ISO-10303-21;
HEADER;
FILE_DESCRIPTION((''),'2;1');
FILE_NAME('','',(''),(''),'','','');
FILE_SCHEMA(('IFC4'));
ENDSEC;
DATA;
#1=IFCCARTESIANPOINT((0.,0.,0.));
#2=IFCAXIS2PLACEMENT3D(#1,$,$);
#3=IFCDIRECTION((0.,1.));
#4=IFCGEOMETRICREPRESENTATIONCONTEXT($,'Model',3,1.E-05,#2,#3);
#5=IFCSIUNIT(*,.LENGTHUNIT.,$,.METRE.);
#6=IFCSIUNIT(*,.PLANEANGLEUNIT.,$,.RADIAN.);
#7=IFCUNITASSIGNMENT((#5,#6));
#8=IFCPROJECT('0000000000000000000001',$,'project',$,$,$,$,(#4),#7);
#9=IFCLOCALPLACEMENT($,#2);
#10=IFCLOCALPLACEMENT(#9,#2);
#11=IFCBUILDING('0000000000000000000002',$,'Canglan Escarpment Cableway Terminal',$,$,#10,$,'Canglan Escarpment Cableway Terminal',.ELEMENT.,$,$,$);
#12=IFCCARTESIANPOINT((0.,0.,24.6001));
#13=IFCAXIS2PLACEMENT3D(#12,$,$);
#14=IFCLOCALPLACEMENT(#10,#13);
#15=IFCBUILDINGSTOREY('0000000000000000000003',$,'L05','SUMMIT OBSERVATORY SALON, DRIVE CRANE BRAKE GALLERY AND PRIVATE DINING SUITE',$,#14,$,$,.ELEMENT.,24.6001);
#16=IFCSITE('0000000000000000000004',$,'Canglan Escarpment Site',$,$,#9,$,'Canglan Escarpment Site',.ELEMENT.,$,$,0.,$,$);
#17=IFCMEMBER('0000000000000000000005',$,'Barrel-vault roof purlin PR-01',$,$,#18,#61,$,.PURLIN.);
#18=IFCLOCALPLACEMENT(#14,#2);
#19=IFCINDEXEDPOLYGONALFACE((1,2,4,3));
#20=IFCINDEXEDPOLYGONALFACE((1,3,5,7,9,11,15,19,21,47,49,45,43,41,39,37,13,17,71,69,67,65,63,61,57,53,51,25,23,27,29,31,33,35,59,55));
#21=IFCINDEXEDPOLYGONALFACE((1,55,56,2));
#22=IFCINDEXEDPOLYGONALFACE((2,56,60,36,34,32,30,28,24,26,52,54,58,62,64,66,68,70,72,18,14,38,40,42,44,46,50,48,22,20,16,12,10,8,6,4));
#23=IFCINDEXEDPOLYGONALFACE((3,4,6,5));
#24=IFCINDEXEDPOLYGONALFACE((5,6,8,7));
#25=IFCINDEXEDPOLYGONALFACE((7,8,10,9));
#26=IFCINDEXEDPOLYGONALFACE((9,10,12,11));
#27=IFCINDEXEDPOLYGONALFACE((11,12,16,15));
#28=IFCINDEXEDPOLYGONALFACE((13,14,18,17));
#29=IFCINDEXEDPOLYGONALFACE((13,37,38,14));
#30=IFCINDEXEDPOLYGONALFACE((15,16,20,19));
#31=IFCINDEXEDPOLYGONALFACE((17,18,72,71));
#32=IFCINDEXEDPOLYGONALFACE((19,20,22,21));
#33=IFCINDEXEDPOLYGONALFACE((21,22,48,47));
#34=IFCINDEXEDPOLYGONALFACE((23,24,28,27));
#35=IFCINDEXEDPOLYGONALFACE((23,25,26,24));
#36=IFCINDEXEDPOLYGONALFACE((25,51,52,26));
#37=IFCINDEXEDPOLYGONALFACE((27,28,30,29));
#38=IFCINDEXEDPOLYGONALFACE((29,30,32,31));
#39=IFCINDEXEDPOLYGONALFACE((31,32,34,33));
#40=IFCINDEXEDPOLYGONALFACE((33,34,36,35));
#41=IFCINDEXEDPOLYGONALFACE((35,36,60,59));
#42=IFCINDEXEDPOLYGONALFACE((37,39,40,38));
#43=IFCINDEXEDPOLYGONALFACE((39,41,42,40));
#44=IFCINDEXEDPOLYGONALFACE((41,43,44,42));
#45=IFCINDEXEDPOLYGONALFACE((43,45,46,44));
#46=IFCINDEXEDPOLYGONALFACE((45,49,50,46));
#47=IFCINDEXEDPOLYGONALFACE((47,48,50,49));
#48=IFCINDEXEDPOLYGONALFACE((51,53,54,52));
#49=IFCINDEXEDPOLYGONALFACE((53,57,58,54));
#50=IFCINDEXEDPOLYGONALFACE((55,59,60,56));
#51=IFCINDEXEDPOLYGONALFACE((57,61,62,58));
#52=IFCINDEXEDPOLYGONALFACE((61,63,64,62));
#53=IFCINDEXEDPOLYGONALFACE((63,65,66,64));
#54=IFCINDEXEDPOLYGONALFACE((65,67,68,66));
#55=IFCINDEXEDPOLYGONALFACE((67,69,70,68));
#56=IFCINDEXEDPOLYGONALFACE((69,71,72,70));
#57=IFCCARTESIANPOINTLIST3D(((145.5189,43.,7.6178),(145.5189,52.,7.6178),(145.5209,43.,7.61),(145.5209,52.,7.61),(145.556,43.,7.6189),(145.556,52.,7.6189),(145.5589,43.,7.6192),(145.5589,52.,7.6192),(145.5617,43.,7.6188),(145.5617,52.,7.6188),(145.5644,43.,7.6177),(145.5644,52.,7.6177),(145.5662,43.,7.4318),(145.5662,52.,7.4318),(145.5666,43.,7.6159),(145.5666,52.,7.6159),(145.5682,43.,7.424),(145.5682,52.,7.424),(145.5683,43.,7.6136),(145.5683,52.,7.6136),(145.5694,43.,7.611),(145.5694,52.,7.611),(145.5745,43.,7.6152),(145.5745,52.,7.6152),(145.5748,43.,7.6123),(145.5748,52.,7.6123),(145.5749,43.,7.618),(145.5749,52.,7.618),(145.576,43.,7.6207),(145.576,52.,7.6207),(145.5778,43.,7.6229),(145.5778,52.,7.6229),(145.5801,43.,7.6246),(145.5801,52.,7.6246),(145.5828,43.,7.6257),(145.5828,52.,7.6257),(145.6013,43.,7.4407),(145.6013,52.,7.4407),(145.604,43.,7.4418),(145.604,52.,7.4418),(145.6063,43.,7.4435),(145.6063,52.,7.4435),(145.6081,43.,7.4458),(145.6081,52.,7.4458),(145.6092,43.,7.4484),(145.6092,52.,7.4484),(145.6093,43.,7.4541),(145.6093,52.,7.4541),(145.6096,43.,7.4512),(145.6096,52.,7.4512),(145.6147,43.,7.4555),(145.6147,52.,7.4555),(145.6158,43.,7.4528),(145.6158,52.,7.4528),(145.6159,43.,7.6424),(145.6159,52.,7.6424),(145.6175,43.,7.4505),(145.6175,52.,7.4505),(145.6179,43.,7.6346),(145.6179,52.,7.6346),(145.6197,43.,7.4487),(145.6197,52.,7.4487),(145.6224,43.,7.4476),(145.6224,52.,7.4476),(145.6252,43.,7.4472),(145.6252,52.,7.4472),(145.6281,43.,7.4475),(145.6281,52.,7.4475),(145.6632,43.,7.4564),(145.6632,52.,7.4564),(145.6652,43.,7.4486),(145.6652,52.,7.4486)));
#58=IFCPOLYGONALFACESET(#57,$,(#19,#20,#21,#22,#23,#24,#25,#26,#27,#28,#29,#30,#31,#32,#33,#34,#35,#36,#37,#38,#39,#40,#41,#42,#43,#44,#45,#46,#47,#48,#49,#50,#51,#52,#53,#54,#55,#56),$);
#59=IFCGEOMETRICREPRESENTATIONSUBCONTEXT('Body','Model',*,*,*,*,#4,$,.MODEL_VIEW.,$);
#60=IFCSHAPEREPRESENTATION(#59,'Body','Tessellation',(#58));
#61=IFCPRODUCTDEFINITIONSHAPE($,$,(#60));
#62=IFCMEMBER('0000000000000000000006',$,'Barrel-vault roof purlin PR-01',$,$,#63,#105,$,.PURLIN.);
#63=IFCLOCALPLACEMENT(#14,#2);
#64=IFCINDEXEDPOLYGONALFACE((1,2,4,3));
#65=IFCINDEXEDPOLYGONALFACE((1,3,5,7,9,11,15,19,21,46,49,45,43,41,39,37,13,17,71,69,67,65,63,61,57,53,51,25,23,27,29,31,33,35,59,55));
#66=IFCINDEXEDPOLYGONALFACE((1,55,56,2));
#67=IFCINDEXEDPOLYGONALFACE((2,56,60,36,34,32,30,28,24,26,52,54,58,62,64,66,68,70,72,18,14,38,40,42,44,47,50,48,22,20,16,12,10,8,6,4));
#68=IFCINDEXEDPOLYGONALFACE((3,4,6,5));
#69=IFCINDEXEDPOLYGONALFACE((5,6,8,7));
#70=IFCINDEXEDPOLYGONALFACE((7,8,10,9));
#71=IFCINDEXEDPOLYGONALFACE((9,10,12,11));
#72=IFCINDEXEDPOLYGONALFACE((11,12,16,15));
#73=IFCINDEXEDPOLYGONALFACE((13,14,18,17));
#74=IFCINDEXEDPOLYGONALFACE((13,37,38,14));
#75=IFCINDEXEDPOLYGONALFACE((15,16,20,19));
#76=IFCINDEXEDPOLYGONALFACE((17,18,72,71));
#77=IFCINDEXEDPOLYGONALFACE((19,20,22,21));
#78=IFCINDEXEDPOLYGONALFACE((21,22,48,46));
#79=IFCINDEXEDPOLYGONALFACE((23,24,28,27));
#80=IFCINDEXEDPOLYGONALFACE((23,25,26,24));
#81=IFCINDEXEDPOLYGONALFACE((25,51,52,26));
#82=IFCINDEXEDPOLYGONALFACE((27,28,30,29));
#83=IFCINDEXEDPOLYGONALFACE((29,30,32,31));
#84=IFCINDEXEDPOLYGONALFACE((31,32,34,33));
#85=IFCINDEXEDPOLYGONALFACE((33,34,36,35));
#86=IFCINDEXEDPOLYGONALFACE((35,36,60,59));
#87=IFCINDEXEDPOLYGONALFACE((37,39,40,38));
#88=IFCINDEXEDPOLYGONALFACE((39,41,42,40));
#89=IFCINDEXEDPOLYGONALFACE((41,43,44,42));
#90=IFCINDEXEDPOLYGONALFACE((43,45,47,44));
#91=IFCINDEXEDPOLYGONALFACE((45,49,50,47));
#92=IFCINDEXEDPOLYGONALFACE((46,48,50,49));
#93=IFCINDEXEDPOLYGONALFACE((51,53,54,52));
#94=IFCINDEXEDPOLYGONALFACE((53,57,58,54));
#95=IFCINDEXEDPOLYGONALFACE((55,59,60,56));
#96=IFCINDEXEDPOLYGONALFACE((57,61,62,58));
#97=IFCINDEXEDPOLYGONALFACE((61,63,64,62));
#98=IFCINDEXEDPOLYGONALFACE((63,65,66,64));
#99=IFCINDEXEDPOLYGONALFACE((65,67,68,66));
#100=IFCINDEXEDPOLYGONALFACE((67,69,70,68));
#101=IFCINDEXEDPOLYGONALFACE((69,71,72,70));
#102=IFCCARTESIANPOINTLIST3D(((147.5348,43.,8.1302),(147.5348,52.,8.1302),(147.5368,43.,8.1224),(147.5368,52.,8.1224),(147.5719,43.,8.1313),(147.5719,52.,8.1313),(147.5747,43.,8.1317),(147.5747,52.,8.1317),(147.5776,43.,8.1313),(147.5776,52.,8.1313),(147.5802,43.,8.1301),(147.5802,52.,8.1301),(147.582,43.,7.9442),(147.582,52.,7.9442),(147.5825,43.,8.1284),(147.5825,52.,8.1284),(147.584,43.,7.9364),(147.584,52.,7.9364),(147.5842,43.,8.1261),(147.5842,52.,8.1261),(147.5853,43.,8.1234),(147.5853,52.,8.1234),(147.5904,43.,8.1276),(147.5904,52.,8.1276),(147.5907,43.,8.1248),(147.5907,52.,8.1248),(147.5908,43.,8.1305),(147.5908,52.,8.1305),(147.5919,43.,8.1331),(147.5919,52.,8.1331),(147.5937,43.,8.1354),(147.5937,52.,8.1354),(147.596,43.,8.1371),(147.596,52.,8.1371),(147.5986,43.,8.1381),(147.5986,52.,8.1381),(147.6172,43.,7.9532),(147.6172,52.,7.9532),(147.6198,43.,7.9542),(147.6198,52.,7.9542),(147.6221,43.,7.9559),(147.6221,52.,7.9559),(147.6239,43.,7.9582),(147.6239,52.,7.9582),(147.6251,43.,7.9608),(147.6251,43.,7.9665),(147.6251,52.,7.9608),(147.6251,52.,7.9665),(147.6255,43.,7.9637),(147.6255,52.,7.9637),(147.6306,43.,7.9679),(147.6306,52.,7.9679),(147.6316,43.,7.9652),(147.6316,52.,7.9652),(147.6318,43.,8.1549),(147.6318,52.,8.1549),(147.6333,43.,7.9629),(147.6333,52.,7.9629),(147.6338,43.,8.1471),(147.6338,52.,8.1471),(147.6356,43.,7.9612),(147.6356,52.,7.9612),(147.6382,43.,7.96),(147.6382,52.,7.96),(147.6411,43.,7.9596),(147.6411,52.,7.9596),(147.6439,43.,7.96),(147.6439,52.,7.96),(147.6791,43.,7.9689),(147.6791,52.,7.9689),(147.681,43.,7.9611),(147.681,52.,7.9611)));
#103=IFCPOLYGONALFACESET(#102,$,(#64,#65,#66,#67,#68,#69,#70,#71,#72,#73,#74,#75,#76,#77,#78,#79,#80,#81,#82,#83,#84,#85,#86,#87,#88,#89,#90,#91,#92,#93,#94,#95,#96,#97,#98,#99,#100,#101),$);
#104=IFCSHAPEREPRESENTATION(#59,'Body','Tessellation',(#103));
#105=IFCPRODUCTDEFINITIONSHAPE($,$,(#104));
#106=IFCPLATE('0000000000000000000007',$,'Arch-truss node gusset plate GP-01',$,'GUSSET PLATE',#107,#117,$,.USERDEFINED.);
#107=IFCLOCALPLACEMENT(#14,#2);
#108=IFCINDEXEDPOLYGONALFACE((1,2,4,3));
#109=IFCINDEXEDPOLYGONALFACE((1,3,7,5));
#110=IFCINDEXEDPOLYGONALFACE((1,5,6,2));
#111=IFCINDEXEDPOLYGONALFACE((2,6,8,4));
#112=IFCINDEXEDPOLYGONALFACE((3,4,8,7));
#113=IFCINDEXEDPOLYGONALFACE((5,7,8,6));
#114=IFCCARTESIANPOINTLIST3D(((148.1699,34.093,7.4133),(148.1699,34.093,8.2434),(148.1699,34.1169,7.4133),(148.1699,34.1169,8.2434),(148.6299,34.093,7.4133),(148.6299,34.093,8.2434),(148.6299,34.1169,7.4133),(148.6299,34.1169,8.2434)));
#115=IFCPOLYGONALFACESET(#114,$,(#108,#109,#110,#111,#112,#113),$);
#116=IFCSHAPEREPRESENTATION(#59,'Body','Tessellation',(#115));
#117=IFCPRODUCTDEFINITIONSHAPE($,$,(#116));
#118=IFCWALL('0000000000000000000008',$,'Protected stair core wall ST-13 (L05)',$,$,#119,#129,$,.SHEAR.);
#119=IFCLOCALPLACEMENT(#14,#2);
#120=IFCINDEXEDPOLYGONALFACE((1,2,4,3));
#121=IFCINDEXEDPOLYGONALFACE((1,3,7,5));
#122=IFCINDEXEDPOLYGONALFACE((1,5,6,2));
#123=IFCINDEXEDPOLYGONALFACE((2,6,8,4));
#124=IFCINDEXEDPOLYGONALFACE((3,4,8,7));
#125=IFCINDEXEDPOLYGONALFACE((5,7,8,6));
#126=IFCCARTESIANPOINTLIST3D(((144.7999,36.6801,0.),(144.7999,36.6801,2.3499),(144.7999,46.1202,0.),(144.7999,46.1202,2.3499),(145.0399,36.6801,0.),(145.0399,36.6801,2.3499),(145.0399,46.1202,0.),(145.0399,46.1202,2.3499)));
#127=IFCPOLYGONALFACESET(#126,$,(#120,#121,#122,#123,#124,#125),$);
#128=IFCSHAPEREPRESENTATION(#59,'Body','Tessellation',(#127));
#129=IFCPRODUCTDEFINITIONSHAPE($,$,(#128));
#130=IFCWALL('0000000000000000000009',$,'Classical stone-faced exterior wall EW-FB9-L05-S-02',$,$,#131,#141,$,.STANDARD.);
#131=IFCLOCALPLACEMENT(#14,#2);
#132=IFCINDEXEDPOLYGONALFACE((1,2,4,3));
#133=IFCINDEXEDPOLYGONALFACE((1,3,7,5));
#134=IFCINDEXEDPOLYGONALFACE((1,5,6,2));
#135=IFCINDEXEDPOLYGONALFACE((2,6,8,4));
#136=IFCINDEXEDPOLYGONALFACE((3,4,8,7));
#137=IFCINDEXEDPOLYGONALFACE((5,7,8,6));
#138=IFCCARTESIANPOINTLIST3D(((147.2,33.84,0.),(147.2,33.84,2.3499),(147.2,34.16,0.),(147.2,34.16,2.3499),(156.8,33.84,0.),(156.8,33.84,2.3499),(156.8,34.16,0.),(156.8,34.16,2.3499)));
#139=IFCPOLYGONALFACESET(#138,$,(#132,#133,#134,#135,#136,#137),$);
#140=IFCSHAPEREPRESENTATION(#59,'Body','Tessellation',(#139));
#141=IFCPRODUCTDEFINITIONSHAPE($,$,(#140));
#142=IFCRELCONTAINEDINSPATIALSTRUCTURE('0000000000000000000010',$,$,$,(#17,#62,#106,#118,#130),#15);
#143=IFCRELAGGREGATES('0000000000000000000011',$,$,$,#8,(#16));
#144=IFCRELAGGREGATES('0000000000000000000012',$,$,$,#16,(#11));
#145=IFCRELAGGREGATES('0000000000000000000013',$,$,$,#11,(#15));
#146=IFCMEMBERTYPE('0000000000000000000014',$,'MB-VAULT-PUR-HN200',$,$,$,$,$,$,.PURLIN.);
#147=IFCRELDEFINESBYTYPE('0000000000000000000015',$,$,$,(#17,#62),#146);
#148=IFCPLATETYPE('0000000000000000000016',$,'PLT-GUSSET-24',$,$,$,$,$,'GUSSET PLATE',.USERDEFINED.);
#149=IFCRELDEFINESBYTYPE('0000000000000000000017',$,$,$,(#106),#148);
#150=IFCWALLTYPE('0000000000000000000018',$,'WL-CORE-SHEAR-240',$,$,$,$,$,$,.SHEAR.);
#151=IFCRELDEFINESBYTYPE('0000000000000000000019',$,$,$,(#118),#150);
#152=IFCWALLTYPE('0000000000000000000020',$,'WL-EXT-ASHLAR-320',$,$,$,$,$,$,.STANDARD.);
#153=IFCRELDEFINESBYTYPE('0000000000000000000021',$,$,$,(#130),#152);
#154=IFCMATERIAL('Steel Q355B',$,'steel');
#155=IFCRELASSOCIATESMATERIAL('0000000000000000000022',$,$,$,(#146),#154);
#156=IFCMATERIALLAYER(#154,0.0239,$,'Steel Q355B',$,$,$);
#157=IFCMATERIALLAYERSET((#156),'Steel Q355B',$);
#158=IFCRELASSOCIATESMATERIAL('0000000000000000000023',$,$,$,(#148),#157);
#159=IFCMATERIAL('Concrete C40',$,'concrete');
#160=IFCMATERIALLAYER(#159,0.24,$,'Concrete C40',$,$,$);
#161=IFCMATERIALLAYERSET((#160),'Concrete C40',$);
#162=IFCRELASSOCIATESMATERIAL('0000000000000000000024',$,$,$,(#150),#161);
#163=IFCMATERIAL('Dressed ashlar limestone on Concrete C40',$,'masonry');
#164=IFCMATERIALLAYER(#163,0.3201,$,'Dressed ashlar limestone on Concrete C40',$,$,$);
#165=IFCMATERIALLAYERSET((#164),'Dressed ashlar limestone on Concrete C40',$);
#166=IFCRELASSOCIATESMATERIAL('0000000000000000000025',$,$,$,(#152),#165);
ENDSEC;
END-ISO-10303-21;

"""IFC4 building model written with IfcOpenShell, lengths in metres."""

from ifc_helpers import new_model, si_unit, direction, frame, frame_2d, origin, origin_2d, place, context, subcontext, project, spatial, rectangle, i_section, extrude, material, layer, layer_set, material_profile, profile_set, type_object, element, save


model = new_model("IFC4")

# Units and contexts
model_context = context("Model", 3, precision=1e-05, world=origin(), true_north=direction((0.0, 1.0)))
body_context = subcontext(model_context, "Body", "Model", "MODEL_VIEW")
ifc_project = project(units=[si_unit("LENGTHUNIT", "METRE"), si_unit("PLANEANGLEUNIT", "RADIAN")], contexts=[model_context])

# Site, building, storey
site_placement = place(None, origin())
site = spatial("IfcSite", under=ifc_project, at=site_placement, Name="Canglan Escarpment Site", LongName="Canglan Escarpment Site", CompositionType="ELEMENT", RefElevation=0.0)
building_placement = place(site_placement, origin())
building = spatial("IfcBuilding", under=site, at=building_placement, Name="Canglan Escarpment Cableway Terminal", LongName="Canglan Escarpment Cableway Terminal", CompositionType="ELEMENT")
storey_placement = place(building_placement, frame((0.0, 0.0, 24.6001)))
storey = spatial("IfcBuildingStorey", under=building, at=storey_placement, Name="L05", Description="SUMMIT OBSERVATORY SALON, DRIVE CRANE BRAKE GALLERY AND PRIVATE DINING SUITE", CompositionType="ELEMENT", Elevation=24.6001)

# Shared definitions
ifc_material_1 = material(Name="Steel Q355B", Category="steel")

# Members
ifc_material_profile_1 = material_profile(ifc_material_1, i_section(OverallWidth=0.1001, OverallDepth=0.2, WebThickness=0.0056, FlangeThickness=0.0081, FilletRadius=0.011, at=origin_2d()), Name="HN 200x100x5.5x8")
ifc_profile_set_1 = profile_set([ifc_material_profile_1], Name="Steel Q355B")
member_type_1 = type_object("IfcMemberType", Name="MB-VAULT-PUR-HN200", PredefinedType="PURLIN", material=ifc_profile_set_1)
for number, where, z_axis, x_axis, name in (
    (1, (145.592, 43.0, 7.5332), (0.0, 1.0, 0.0), (-0.969184, 0.0, -0.246339), "Barrel-vault roof purlin PR-01"),
    (2, (147.6079, 43.0, 8.0457), (0.0, 1.0, 0.0), (-0.969184, 0.0, -0.246339), "Barrel-vault roof purlin PR-01"),
):
    element("IfcMember", number, at=place(storey_placement, frame(where, z_axis=z_axis, x_axis=x_axis)), inside=storey, type_object=member_type_1, Name=name, PredefinedType="PURLIN", context=body_context, shape_type="SweptSolid", body=[
        extrude(i_section(OverallWidth=0.1001, OverallDepth=0.2, WebThickness=0.0056, FlangeThickness=0.0081, FilletRadius=0.011, at=origin_2d()), origin(), (0.0, 0.0, 1.0), 9.0),
    ])

# Plate
ifc_layer_1 = layer(ifc_material_1, 0.0239, Name="Steel Q355B")
ifc_layer_set_1 = layer_set([ifc_layer_1], Name="Steel Q355B")
plate_type = type_object("IfcPlateType", Name="PLT-GUSSET-24", ElementType="GUSSET PLATE", PredefinedType="USERDEFINED", material=ifc_layer_set_1)
plate_placement = place(storey_placement, frame((148.3999, 34.105, 7.4133), z_axis=(0.0, 0.0, 1.0), x_axis=(1.0, 0.0, 0.0)))
element("IfcPlate", 3, at=plate_placement, inside=storey, type_object=plate_type, Name="Arch-truss node gusset plate GP-01", ObjectType="GUSSET PLATE", PredefinedType="USERDEFINED", context=body_context, shape_type="SweptSolid", body=[
    extrude(rectangle(XDim=0.46, YDim=0.0239, at=origin_2d()), origin(), (0.0, 0.0, 1.0), 0.8301),
])

# Walls
ifc_material_2 = material(Name="Concrete C40", Category="concrete")
ifc_layer_2 = layer(ifc_material_2, 0.24, Name="Concrete C40")
ifc_layer_set_2 = layer_set([ifc_layer_2], Name="Concrete C40")
wall_type_1 = type_object("IfcWallType", Name="WL-CORE-SHEAR-240", PredefinedType="SHEAR", material=ifc_layer_set_2)
wall_1_placement = place(storey_placement, frame((144.9199, 36.6799, 0.0), z_axis=(0.0, 0.0, 1.0), x_axis=(0.0, 1.0, 0.0)))
element("IfcWall", 4, at=wall_1_placement, inside=storey, type_object=wall_type_1, Name="Protected stair core wall ST-13 (L05)", PredefinedType="SHEAR", context=body_context, shape_type="SweptSolid", body=[
    extrude(rectangle(XDim=9.4402, YDim=0.24, at=frame_2d((4.7202, 0.0))), origin(), (0.0, 0.0, 1.0), 2.3499),
])
ifc_material_3 = material(Name="Dressed ashlar limestone on Concrete C40", Category="masonry")
ifc_layer_3 = layer(ifc_material_3, 0.3201, Name="Dressed ashlar limestone on Concrete C40")
ifc_layer_set_3 = layer_set([ifc_layer_3], Name="Dressed ashlar limestone on Concrete C40")
wall_type_2 = type_object("IfcWallType", Name="WL-EXT-ASHLAR-320", PredefinedType="STANDARD", material=ifc_layer_set_3)
wall_2_placement = place(storey_placement, frame((147.2, 34.0, 0.0), z_axis=(0.0, 0.0, 1.0), x_axis=(1.0, 0.0, 0.0)))
element("IfcWall", 5, at=wall_2_placement, inside=storey, type_object=wall_type_2, Name="Classical stone-faced exterior wall EW-FB9-L05-S-02", PredefinedType="STANDARD", context=body_context, shape_type="SweptSolid", body=[
    extrude(rectangle(XDim=9.6001, YDim=0.3201, at=frame_2d((4.8, 0.0))), origin(), (0.0, 0.0, 1.0), 2.3499),
])

save(model, "model.ifc")
